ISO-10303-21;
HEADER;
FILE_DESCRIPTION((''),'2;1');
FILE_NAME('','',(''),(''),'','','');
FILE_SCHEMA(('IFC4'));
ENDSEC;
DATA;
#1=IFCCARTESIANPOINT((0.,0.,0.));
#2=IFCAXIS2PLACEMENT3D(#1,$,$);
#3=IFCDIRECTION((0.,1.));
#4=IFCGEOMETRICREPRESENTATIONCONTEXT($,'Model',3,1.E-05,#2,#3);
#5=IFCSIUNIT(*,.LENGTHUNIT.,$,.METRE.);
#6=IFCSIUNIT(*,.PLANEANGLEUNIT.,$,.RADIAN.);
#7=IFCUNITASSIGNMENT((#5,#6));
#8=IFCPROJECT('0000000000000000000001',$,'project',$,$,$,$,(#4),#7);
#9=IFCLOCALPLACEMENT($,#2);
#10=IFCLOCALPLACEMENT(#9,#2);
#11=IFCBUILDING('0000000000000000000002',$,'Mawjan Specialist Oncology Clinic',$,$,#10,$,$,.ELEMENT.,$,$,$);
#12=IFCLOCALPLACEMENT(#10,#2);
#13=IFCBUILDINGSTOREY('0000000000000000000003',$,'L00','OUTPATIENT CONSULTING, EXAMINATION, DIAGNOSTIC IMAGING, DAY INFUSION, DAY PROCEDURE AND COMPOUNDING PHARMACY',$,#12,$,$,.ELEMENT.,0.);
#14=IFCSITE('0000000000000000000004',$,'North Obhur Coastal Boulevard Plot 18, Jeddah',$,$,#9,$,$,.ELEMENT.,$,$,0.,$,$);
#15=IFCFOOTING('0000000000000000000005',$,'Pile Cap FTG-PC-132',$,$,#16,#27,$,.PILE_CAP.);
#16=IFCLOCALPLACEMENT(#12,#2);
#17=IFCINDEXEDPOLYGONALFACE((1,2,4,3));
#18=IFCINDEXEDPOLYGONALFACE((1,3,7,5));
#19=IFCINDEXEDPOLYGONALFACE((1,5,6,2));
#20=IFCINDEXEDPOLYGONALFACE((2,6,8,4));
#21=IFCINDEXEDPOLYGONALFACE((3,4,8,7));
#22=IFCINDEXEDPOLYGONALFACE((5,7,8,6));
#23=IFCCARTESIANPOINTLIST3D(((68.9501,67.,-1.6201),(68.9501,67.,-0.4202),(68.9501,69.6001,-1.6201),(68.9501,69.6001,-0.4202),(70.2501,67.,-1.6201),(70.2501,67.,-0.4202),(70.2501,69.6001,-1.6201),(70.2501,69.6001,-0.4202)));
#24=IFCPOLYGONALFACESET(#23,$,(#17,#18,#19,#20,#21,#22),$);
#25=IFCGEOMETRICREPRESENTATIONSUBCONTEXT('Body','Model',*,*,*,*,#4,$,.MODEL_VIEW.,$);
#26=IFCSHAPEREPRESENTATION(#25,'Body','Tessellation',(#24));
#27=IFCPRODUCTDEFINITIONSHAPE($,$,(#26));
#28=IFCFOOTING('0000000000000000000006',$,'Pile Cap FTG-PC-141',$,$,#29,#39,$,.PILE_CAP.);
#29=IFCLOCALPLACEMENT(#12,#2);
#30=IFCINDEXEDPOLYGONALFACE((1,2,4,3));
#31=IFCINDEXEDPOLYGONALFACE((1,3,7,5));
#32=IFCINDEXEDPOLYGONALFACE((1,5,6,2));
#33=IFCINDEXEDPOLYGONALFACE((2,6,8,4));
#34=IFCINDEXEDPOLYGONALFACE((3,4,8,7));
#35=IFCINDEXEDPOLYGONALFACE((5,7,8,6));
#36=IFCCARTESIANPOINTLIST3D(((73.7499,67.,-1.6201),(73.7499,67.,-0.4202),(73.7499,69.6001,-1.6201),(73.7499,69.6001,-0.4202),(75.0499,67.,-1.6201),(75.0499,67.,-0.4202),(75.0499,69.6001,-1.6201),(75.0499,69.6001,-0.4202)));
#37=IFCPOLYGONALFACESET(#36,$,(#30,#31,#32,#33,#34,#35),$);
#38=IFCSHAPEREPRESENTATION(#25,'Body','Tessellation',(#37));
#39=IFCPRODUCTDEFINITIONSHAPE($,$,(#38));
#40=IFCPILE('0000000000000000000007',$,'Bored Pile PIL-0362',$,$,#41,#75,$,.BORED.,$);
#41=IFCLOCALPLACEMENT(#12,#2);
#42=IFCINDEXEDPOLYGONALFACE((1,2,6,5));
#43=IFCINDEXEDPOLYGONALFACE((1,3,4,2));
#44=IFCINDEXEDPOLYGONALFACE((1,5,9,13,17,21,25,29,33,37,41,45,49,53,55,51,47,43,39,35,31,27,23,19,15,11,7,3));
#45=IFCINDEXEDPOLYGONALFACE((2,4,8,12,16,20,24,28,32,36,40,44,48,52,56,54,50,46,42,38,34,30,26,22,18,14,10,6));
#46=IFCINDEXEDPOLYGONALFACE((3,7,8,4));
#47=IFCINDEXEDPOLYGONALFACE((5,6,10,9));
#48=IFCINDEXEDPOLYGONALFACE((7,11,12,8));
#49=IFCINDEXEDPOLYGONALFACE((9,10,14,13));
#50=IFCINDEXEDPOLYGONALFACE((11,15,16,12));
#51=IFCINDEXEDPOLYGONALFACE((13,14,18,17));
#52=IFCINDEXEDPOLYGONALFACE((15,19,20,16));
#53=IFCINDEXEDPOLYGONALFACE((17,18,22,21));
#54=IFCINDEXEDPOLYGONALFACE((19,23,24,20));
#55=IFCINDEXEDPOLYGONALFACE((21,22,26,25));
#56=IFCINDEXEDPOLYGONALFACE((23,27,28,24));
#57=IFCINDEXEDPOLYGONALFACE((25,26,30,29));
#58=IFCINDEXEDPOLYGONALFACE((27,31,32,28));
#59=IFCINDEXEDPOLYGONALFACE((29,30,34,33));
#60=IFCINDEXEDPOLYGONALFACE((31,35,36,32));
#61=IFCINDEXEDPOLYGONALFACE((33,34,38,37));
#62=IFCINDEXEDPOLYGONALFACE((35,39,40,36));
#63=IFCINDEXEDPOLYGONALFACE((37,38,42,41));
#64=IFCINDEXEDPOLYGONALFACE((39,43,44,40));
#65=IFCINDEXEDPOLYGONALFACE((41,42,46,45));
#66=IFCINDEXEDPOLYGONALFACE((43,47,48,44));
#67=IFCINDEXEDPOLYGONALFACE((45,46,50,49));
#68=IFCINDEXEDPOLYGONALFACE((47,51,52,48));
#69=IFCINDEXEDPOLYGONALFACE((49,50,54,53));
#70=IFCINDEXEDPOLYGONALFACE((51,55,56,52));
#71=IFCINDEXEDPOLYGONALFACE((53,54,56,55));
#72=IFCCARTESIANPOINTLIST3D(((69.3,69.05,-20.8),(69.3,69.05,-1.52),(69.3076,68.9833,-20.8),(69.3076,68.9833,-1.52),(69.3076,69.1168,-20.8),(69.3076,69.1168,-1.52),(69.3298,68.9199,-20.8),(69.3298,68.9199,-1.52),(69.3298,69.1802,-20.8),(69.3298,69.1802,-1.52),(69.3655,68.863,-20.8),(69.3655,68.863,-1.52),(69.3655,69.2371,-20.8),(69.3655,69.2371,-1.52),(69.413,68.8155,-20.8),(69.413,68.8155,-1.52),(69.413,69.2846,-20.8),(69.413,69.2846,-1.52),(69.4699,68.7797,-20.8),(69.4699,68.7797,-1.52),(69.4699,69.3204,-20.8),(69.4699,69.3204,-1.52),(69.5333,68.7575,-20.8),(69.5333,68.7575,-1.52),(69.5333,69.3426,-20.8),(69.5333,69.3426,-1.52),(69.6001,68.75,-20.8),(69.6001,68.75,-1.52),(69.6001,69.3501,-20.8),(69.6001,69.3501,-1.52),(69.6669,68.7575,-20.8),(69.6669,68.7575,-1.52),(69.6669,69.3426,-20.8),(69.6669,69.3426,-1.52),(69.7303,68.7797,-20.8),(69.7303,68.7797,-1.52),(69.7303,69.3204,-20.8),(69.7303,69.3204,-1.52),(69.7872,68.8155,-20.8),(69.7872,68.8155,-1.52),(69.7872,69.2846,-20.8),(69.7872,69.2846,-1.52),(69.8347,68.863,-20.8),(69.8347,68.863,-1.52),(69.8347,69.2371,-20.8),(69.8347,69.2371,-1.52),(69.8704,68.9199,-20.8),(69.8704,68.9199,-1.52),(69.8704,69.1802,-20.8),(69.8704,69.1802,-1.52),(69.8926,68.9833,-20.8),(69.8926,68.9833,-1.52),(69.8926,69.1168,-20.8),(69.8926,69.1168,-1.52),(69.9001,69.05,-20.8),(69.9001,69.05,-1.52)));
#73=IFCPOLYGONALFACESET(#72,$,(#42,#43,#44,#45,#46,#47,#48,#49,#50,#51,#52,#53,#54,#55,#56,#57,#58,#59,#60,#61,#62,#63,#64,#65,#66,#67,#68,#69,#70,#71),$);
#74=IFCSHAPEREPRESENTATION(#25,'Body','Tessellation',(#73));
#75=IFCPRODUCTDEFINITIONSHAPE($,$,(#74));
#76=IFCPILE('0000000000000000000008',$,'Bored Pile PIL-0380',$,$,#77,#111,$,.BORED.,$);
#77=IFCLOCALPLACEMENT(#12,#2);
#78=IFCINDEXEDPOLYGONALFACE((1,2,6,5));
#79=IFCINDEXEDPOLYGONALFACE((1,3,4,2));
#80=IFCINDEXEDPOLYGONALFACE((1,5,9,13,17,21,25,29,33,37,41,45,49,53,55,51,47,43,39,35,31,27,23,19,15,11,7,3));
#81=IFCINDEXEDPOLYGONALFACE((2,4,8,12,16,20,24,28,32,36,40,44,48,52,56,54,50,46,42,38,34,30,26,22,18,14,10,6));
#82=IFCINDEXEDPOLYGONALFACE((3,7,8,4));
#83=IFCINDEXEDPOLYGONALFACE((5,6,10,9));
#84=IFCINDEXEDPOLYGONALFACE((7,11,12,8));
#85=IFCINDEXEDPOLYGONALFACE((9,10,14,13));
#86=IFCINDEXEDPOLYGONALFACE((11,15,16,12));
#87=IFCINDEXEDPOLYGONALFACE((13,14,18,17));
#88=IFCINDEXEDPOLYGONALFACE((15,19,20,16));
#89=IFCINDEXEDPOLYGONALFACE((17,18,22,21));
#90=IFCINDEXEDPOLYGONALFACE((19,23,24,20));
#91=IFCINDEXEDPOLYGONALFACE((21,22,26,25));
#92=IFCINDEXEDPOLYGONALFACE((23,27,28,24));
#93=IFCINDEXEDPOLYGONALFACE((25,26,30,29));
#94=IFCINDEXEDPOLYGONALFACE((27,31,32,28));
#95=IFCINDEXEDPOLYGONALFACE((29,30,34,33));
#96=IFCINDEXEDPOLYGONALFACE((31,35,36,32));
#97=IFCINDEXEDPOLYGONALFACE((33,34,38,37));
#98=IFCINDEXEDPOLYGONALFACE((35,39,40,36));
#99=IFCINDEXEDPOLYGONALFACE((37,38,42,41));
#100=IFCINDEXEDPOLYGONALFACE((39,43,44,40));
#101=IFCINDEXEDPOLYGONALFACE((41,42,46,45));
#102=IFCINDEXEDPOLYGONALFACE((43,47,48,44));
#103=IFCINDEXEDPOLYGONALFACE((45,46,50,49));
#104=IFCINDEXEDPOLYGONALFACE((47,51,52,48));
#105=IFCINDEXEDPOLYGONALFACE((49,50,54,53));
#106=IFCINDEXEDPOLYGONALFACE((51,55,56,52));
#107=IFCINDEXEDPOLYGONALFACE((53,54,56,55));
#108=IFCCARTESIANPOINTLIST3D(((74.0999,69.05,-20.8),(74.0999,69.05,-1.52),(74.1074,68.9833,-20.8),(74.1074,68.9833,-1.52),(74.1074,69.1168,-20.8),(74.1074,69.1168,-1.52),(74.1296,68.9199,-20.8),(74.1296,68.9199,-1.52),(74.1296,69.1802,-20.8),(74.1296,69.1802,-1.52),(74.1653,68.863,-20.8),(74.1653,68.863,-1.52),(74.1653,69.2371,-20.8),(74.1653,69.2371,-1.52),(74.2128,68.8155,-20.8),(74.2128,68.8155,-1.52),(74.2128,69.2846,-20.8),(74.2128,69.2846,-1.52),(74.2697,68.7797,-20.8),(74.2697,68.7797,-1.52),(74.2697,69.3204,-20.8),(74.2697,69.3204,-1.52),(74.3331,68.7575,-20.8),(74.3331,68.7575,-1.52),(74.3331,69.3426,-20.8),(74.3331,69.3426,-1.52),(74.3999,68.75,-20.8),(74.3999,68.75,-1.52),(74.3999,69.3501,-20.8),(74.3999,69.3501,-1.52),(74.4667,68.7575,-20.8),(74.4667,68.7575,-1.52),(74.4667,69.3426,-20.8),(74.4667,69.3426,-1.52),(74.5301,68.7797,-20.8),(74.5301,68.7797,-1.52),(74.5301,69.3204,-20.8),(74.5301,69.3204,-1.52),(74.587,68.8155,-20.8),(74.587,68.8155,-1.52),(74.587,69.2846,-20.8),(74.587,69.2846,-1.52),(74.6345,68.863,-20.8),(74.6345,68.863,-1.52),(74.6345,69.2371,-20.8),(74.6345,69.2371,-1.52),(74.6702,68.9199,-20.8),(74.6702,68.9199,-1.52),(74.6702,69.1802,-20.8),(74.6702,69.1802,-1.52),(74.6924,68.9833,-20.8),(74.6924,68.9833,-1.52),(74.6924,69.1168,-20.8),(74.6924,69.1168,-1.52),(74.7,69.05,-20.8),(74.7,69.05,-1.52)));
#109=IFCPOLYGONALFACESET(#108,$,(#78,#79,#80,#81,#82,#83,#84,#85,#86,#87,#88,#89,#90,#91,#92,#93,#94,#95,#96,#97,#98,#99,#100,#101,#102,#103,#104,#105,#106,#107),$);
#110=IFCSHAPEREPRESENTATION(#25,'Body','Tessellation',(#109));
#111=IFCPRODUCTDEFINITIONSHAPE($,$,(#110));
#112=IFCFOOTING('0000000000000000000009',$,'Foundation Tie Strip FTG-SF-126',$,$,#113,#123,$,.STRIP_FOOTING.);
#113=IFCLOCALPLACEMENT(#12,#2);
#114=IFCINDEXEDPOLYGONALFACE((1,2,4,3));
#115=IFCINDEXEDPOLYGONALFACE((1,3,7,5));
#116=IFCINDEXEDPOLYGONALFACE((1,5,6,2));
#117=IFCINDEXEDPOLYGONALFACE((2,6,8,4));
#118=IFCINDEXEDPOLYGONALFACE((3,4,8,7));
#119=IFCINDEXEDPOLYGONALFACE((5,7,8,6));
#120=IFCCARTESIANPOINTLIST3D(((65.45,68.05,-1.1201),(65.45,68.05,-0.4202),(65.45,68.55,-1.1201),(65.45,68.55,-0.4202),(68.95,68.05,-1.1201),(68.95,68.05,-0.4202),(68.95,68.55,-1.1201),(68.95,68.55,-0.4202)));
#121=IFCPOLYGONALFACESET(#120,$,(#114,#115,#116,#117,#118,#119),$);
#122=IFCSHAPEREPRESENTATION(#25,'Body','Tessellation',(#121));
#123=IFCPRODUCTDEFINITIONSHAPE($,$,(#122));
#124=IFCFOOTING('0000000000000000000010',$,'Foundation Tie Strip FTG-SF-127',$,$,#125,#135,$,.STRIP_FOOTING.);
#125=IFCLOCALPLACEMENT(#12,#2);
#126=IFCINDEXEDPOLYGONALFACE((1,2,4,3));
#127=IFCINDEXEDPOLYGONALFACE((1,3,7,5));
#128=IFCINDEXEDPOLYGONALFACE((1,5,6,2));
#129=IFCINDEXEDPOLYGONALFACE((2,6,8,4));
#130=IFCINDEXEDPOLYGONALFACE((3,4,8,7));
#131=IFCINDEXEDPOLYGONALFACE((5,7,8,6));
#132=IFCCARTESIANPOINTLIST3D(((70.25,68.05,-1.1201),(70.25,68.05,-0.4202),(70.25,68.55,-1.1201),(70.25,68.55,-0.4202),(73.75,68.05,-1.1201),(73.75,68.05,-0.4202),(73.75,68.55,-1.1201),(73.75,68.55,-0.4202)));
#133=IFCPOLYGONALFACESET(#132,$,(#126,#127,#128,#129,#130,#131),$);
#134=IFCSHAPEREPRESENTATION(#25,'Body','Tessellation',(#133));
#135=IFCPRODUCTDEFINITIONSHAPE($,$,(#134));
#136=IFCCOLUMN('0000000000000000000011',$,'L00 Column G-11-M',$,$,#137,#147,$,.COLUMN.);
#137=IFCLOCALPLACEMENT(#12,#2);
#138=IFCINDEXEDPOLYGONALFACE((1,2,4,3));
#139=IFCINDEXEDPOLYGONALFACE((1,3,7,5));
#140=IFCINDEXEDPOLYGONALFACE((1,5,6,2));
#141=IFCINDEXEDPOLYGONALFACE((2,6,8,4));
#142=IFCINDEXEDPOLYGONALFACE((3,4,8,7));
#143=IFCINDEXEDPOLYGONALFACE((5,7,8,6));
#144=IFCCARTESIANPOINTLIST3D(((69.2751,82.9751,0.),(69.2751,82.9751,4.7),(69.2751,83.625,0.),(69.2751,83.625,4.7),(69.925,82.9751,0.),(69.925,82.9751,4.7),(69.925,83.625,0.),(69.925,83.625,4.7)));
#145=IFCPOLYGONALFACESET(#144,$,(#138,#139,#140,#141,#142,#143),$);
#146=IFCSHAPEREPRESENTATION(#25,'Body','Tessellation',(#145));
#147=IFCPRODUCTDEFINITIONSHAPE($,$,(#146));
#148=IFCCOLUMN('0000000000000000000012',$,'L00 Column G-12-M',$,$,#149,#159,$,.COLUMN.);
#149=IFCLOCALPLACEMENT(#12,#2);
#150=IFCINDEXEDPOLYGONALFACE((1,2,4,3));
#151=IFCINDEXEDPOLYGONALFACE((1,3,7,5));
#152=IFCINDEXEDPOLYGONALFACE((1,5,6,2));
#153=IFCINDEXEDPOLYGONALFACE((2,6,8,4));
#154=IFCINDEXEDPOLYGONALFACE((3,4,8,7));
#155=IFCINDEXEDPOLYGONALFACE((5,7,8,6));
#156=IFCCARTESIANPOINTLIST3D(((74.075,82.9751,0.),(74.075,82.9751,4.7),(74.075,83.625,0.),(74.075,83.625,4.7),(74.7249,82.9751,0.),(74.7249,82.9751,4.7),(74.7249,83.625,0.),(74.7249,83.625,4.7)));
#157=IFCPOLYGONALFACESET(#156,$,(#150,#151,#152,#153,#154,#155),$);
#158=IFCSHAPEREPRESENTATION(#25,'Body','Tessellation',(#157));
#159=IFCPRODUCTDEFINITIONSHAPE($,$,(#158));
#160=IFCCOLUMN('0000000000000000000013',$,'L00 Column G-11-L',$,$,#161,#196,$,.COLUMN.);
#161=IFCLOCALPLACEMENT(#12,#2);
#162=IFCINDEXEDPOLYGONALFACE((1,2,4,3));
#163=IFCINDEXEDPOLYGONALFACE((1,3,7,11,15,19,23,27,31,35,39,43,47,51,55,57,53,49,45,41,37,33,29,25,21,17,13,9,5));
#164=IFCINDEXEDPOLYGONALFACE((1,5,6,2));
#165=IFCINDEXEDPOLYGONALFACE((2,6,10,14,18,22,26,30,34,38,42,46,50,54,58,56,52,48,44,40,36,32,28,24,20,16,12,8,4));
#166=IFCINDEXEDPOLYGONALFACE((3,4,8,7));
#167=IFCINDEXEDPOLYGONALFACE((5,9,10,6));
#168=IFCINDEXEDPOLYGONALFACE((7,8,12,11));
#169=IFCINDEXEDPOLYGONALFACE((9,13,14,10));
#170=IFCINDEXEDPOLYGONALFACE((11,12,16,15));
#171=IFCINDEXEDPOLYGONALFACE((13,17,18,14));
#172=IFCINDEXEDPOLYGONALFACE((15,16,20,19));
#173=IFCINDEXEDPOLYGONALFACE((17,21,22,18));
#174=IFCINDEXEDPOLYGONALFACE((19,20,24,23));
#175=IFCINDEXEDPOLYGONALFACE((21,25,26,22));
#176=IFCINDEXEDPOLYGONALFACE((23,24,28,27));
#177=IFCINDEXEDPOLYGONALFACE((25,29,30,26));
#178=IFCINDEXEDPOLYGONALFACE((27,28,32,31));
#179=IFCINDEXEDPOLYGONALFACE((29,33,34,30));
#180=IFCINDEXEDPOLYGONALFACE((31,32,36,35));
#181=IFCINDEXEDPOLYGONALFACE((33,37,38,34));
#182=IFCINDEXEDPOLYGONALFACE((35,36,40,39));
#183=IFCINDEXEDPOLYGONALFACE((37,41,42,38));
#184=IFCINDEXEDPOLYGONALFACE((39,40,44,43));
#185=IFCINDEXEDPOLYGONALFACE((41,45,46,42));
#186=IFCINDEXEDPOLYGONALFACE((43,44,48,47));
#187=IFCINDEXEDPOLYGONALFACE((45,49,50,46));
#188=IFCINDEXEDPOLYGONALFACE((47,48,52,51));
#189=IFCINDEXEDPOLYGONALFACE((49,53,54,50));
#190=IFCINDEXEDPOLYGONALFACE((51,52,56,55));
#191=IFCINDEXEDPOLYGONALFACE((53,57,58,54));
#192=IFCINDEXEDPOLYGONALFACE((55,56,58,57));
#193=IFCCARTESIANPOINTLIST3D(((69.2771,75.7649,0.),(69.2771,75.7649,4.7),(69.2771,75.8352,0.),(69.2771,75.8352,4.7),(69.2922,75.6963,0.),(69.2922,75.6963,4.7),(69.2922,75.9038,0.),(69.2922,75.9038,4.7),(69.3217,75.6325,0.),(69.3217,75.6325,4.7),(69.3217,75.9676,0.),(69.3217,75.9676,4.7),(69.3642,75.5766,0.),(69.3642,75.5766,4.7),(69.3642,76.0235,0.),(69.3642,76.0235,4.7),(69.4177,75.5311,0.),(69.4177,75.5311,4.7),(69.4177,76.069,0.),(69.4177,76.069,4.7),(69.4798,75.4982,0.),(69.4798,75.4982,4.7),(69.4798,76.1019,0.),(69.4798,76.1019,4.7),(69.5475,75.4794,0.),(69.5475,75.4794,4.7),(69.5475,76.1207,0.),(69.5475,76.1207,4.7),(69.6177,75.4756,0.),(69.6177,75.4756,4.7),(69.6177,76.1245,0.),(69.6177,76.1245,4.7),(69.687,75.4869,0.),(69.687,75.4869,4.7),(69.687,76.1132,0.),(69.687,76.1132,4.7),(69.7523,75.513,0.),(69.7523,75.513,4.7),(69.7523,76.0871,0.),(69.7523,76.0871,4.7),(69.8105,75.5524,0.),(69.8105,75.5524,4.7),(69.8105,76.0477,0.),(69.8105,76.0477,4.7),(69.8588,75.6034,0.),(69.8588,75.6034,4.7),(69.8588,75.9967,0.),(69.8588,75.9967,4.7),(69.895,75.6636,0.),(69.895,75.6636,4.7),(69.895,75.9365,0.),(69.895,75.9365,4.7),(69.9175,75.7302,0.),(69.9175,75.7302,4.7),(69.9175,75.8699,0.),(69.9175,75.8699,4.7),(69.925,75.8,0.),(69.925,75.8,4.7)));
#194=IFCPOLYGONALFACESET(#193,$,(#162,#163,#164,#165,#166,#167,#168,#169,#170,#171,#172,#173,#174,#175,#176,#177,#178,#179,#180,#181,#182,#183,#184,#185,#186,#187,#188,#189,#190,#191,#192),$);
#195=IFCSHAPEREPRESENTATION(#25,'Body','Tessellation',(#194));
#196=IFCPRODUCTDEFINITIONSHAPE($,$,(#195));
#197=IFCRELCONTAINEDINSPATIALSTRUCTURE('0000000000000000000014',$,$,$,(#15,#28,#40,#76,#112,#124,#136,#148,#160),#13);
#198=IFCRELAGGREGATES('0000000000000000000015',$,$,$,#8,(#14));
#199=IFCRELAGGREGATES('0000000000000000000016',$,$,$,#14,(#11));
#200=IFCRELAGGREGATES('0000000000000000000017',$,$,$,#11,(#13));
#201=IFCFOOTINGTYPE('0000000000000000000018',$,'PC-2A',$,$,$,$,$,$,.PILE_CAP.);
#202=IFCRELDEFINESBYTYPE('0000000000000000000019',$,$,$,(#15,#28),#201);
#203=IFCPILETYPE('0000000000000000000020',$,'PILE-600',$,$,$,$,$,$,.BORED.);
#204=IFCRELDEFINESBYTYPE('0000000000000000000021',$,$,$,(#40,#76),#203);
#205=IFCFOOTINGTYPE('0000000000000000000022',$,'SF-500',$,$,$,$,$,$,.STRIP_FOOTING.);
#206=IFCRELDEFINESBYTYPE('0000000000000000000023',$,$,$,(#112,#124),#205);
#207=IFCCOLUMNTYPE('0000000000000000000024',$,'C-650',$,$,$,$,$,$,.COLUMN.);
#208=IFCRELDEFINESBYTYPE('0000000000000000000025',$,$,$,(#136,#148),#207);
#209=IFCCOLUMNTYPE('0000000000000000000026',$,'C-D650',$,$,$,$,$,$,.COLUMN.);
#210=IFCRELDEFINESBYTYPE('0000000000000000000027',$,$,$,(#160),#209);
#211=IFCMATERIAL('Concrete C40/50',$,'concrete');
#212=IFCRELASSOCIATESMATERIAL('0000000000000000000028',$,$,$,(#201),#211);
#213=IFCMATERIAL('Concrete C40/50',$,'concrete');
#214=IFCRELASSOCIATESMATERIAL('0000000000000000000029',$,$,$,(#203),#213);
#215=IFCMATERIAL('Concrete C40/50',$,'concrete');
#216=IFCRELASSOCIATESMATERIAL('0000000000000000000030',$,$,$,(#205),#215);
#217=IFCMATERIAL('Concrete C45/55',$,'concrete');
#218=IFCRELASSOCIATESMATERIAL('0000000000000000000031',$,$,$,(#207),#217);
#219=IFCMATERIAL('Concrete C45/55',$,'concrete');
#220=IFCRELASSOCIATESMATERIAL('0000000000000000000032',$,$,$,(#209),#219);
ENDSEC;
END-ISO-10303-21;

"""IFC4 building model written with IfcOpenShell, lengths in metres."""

from ifc_helpers import new_model, si_unit, direction, frame, origin, origin_2d, place, context, subcontext, project, spatial, rectangle, circle, extrude, material, material_profile, profile_set, type_object, element, save


model = new_model("IFC4")

# Units and contexts
model_context = context("Model", 3, precision=1e-05, world=origin(), true_north=direction((0.0, 1.0)))
body_context = subcontext(model_context, "Body", "Model", "MODEL_VIEW")
ifc_project = project(units=[si_unit("LENGTHUNIT", "METRE"), si_unit("PLANEANGLEUNIT", "RADIAN")], contexts=[model_context])

# Site, building, storey
site_placement = place(None, origin())
site = spatial("IfcSite", under=ifc_project, at=site_placement, Name="North Obhur Coastal Boulevard Plot 18, Jeddah", CompositionType="ELEMENT", RefElevation=0.0)
building_placement = place(site_placement, origin())
building = spatial("IfcBuilding", under=site, at=building_placement, Name="Mawjan Specialist Oncology Clinic", CompositionType="ELEMENT")
storey_placement = place(building_placement, origin())
storey = spatial("IfcBuildingStorey", under=building, at=storey_placement, Name="L00", Description="OUTPATIENT CONSULTING, EXAMINATION, DIAGNOSTIC IMAGING, DAY INFUSION, DAY PROCEDURE AND COMPOUNDING PHARMACY", CompositionType="ELEMENT", Elevation=0.0)

# Footings
ifc_material_1 = material(Name="Concrete C40/50", Category="concrete")
footing_type_1 = type_object("IfcFootingType", Name="PC-2A", PredefinedType="PILE_CAP", material=ifc_material_1)
for number, where, z_axis, x_axis, name in (
    (1, (69.6001, 68.3, -1.6201), (0.0, 0.0, 1.0), (0.0, 1.0, 0.0), "Pile Cap FTG-PC-132"),
    (2, (74.3999, 68.3, -1.6201), (0.0, 0.0, 1.0), (0.0, 1.0, 0.0), "Pile Cap FTG-PC-141"),
):
    element("IfcFooting", number, at=place(storey_placement, frame(where, z_axis=z_axis, x_axis=x_axis)), inside=storey, type_object=footing_type_1, Name=name, PredefinedType="PILE_CAP", context=body_context, shape_type="SweptSolid", body=[
        extrude(rectangle(XDim=2.6001, YDim=1.3, at=origin_2d()), origin(), (0.0, 0.0, 1.0), 1.2),
    ])

# Piles
ifc_material_2 = material(Name="Concrete C40/50", Category="concrete")
ifc_material_profile_1 = material_profile(ifc_material_2, circle(Radius=0.3, at=origin_2d()), Name="BORED PILE D600", Category="concrete")
ifc_profile_set_1 = profile_set([ifc_material_profile_1], Name="Concrete C40/50")
pile_type = type_object("IfcPileType", Name="PILE-600", PredefinedType="BORED", material=ifc_profile_set_1)
for number, where, z_axis, x_axis, name in (
    (3, (69.6001, 69.05, -1.52), (0.0, 0.0, -1.0), (1.0, 0.0, 0.0), "Bored Pile PIL-0362"),
    (4, (74.3999, 69.05, -1.52), (0.0, 0.0, -1.0), (1.0, 0.0, 0.0), "Bored Pile PIL-0380"),
):
    element("IfcPile", number, at=place(storey_placement, frame(where, z_axis=z_axis, x_axis=x_axis)), inside=storey, type_object=pile_type, Name=name, PredefinedType="BORED", context=body_context, shape_type="SweptSolid", body=[
        extrude(circle(Radius=0.3, at=origin_2d()), origin(), (0.0, 0.0, 1.0), 19.28),
    ])

# Footings
ifc_material_3 = material(Name="Concrete C40/50", Category="concrete")
footing_type_2 = type_object("IfcFootingType", Name="SF-500", PredefinedType="STRIP_FOOTING", material=ifc_material_3)
for number, where, z_axis, x_axis, name in (
    (5, (67.2, 68.3, -1.1201), (0.0, 0.0, 1.0), (1.0, 0.0, 0.0), "Foundation Tie Strip FTG-SF-126"),
    (6, (72.0, 68.3, -1.1201), (0.0, 0.0, 1.0), (1.0, 0.0, 0.0), "Foundation Tie Strip FTG-SF-127"),
):
    element("IfcFooting", number, at=place(storey_placement, frame(where, z_axis=z_axis, x_axis=x_axis)), inside=storey, type_object=footing_type_2, Name=name, PredefinedType="STRIP_FOOTING", context=body_context, shape_type="SweptSolid", body=[
        extrude(rectangle(XDim=3.5, YDim=0.5, at=origin_2d()), origin(), (0.0, 0.0, 1.0), 0.7),
    ])

# Columns
ifc_material_4 = material(Name="Concrete C45/55", Category="concrete")
ifc_material_profile_2 = material_profile(ifc_material_4, rectangle(XDim=0.6499, YDim=0.6499, at=origin_2d()), Name="RC COL 650x650", Category="concrete")
ifc_profile_set_2 = profile_set([ifc_material_profile_2], Name="Concrete C45/55")
column_type_1 = type_object("IfcColumnType", Name="C-650", PredefinedType="COLUMN", material=ifc_profile_set_2)
for number, where, z_axis, x_axis, name in (
    (7, (69.6001, 83.3, 0.0), (0.0, 0.0, 1.0), (1.0, 0.0, 0.0), "L00 Column G-11-M"),
    (8, (74.3999, 83.3, 0.0), (0.0, 0.0, 1.0), (1.0, 0.0, 0.0), "L00 Column G-12-M"),
):
    element("IfcColumn", number, at=place(storey_placement, frame(where, z_axis=z_axis, x_axis=x_axis)), inside=storey, type_object=column_type_1, Name=name, PredefinedType="COLUMN", context=body_context, shape_type="SweptSolid", body=[
        extrude(rectangle(XDim=0.6499, YDim=0.6499, at=origin_2d()), origin(), (0.0, 0.0, 1.0), 4.7),
    ])
ifc_material_5 = material(Name="Concrete C45/55", Category="concrete")
ifc_material_profile_3 = material_profile(ifc_material_5, circle(Radius=0.325, at=origin_2d()), Name="RC COL D650", Category="concrete")
ifc_profile_set_3 = profile_set([ifc_material_profile_3], Name="Concrete C45/55")
column_type_2 = type_object("IfcColumnType", Name="C-D650", PredefinedType="COLUMN", material=ifc_profile_set_3)
for number, where, z_axis, x_axis, name in (
    (9, (69.6001, 75.8, 0.0), (0.0, 0.0, 1.0), (1.0, 0.0, 0.0), "L00 Column G-11-L"),
):
    element("IfcColumn", number, at=place(storey_placement, frame(where, z_axis=z_axis, x_axis=x_axis)), inside=storey, type_object=column_type_2, Name=name, PredefinedType="COLUMN", context=body_context, shape_type="SweptSolid", body=[
        extrude(circle(Radius=0.325, at=origin_2d()), origin(), (0.0, 0.0, 1.0), 4.7),
    ])

save(model, "model.ifc")
